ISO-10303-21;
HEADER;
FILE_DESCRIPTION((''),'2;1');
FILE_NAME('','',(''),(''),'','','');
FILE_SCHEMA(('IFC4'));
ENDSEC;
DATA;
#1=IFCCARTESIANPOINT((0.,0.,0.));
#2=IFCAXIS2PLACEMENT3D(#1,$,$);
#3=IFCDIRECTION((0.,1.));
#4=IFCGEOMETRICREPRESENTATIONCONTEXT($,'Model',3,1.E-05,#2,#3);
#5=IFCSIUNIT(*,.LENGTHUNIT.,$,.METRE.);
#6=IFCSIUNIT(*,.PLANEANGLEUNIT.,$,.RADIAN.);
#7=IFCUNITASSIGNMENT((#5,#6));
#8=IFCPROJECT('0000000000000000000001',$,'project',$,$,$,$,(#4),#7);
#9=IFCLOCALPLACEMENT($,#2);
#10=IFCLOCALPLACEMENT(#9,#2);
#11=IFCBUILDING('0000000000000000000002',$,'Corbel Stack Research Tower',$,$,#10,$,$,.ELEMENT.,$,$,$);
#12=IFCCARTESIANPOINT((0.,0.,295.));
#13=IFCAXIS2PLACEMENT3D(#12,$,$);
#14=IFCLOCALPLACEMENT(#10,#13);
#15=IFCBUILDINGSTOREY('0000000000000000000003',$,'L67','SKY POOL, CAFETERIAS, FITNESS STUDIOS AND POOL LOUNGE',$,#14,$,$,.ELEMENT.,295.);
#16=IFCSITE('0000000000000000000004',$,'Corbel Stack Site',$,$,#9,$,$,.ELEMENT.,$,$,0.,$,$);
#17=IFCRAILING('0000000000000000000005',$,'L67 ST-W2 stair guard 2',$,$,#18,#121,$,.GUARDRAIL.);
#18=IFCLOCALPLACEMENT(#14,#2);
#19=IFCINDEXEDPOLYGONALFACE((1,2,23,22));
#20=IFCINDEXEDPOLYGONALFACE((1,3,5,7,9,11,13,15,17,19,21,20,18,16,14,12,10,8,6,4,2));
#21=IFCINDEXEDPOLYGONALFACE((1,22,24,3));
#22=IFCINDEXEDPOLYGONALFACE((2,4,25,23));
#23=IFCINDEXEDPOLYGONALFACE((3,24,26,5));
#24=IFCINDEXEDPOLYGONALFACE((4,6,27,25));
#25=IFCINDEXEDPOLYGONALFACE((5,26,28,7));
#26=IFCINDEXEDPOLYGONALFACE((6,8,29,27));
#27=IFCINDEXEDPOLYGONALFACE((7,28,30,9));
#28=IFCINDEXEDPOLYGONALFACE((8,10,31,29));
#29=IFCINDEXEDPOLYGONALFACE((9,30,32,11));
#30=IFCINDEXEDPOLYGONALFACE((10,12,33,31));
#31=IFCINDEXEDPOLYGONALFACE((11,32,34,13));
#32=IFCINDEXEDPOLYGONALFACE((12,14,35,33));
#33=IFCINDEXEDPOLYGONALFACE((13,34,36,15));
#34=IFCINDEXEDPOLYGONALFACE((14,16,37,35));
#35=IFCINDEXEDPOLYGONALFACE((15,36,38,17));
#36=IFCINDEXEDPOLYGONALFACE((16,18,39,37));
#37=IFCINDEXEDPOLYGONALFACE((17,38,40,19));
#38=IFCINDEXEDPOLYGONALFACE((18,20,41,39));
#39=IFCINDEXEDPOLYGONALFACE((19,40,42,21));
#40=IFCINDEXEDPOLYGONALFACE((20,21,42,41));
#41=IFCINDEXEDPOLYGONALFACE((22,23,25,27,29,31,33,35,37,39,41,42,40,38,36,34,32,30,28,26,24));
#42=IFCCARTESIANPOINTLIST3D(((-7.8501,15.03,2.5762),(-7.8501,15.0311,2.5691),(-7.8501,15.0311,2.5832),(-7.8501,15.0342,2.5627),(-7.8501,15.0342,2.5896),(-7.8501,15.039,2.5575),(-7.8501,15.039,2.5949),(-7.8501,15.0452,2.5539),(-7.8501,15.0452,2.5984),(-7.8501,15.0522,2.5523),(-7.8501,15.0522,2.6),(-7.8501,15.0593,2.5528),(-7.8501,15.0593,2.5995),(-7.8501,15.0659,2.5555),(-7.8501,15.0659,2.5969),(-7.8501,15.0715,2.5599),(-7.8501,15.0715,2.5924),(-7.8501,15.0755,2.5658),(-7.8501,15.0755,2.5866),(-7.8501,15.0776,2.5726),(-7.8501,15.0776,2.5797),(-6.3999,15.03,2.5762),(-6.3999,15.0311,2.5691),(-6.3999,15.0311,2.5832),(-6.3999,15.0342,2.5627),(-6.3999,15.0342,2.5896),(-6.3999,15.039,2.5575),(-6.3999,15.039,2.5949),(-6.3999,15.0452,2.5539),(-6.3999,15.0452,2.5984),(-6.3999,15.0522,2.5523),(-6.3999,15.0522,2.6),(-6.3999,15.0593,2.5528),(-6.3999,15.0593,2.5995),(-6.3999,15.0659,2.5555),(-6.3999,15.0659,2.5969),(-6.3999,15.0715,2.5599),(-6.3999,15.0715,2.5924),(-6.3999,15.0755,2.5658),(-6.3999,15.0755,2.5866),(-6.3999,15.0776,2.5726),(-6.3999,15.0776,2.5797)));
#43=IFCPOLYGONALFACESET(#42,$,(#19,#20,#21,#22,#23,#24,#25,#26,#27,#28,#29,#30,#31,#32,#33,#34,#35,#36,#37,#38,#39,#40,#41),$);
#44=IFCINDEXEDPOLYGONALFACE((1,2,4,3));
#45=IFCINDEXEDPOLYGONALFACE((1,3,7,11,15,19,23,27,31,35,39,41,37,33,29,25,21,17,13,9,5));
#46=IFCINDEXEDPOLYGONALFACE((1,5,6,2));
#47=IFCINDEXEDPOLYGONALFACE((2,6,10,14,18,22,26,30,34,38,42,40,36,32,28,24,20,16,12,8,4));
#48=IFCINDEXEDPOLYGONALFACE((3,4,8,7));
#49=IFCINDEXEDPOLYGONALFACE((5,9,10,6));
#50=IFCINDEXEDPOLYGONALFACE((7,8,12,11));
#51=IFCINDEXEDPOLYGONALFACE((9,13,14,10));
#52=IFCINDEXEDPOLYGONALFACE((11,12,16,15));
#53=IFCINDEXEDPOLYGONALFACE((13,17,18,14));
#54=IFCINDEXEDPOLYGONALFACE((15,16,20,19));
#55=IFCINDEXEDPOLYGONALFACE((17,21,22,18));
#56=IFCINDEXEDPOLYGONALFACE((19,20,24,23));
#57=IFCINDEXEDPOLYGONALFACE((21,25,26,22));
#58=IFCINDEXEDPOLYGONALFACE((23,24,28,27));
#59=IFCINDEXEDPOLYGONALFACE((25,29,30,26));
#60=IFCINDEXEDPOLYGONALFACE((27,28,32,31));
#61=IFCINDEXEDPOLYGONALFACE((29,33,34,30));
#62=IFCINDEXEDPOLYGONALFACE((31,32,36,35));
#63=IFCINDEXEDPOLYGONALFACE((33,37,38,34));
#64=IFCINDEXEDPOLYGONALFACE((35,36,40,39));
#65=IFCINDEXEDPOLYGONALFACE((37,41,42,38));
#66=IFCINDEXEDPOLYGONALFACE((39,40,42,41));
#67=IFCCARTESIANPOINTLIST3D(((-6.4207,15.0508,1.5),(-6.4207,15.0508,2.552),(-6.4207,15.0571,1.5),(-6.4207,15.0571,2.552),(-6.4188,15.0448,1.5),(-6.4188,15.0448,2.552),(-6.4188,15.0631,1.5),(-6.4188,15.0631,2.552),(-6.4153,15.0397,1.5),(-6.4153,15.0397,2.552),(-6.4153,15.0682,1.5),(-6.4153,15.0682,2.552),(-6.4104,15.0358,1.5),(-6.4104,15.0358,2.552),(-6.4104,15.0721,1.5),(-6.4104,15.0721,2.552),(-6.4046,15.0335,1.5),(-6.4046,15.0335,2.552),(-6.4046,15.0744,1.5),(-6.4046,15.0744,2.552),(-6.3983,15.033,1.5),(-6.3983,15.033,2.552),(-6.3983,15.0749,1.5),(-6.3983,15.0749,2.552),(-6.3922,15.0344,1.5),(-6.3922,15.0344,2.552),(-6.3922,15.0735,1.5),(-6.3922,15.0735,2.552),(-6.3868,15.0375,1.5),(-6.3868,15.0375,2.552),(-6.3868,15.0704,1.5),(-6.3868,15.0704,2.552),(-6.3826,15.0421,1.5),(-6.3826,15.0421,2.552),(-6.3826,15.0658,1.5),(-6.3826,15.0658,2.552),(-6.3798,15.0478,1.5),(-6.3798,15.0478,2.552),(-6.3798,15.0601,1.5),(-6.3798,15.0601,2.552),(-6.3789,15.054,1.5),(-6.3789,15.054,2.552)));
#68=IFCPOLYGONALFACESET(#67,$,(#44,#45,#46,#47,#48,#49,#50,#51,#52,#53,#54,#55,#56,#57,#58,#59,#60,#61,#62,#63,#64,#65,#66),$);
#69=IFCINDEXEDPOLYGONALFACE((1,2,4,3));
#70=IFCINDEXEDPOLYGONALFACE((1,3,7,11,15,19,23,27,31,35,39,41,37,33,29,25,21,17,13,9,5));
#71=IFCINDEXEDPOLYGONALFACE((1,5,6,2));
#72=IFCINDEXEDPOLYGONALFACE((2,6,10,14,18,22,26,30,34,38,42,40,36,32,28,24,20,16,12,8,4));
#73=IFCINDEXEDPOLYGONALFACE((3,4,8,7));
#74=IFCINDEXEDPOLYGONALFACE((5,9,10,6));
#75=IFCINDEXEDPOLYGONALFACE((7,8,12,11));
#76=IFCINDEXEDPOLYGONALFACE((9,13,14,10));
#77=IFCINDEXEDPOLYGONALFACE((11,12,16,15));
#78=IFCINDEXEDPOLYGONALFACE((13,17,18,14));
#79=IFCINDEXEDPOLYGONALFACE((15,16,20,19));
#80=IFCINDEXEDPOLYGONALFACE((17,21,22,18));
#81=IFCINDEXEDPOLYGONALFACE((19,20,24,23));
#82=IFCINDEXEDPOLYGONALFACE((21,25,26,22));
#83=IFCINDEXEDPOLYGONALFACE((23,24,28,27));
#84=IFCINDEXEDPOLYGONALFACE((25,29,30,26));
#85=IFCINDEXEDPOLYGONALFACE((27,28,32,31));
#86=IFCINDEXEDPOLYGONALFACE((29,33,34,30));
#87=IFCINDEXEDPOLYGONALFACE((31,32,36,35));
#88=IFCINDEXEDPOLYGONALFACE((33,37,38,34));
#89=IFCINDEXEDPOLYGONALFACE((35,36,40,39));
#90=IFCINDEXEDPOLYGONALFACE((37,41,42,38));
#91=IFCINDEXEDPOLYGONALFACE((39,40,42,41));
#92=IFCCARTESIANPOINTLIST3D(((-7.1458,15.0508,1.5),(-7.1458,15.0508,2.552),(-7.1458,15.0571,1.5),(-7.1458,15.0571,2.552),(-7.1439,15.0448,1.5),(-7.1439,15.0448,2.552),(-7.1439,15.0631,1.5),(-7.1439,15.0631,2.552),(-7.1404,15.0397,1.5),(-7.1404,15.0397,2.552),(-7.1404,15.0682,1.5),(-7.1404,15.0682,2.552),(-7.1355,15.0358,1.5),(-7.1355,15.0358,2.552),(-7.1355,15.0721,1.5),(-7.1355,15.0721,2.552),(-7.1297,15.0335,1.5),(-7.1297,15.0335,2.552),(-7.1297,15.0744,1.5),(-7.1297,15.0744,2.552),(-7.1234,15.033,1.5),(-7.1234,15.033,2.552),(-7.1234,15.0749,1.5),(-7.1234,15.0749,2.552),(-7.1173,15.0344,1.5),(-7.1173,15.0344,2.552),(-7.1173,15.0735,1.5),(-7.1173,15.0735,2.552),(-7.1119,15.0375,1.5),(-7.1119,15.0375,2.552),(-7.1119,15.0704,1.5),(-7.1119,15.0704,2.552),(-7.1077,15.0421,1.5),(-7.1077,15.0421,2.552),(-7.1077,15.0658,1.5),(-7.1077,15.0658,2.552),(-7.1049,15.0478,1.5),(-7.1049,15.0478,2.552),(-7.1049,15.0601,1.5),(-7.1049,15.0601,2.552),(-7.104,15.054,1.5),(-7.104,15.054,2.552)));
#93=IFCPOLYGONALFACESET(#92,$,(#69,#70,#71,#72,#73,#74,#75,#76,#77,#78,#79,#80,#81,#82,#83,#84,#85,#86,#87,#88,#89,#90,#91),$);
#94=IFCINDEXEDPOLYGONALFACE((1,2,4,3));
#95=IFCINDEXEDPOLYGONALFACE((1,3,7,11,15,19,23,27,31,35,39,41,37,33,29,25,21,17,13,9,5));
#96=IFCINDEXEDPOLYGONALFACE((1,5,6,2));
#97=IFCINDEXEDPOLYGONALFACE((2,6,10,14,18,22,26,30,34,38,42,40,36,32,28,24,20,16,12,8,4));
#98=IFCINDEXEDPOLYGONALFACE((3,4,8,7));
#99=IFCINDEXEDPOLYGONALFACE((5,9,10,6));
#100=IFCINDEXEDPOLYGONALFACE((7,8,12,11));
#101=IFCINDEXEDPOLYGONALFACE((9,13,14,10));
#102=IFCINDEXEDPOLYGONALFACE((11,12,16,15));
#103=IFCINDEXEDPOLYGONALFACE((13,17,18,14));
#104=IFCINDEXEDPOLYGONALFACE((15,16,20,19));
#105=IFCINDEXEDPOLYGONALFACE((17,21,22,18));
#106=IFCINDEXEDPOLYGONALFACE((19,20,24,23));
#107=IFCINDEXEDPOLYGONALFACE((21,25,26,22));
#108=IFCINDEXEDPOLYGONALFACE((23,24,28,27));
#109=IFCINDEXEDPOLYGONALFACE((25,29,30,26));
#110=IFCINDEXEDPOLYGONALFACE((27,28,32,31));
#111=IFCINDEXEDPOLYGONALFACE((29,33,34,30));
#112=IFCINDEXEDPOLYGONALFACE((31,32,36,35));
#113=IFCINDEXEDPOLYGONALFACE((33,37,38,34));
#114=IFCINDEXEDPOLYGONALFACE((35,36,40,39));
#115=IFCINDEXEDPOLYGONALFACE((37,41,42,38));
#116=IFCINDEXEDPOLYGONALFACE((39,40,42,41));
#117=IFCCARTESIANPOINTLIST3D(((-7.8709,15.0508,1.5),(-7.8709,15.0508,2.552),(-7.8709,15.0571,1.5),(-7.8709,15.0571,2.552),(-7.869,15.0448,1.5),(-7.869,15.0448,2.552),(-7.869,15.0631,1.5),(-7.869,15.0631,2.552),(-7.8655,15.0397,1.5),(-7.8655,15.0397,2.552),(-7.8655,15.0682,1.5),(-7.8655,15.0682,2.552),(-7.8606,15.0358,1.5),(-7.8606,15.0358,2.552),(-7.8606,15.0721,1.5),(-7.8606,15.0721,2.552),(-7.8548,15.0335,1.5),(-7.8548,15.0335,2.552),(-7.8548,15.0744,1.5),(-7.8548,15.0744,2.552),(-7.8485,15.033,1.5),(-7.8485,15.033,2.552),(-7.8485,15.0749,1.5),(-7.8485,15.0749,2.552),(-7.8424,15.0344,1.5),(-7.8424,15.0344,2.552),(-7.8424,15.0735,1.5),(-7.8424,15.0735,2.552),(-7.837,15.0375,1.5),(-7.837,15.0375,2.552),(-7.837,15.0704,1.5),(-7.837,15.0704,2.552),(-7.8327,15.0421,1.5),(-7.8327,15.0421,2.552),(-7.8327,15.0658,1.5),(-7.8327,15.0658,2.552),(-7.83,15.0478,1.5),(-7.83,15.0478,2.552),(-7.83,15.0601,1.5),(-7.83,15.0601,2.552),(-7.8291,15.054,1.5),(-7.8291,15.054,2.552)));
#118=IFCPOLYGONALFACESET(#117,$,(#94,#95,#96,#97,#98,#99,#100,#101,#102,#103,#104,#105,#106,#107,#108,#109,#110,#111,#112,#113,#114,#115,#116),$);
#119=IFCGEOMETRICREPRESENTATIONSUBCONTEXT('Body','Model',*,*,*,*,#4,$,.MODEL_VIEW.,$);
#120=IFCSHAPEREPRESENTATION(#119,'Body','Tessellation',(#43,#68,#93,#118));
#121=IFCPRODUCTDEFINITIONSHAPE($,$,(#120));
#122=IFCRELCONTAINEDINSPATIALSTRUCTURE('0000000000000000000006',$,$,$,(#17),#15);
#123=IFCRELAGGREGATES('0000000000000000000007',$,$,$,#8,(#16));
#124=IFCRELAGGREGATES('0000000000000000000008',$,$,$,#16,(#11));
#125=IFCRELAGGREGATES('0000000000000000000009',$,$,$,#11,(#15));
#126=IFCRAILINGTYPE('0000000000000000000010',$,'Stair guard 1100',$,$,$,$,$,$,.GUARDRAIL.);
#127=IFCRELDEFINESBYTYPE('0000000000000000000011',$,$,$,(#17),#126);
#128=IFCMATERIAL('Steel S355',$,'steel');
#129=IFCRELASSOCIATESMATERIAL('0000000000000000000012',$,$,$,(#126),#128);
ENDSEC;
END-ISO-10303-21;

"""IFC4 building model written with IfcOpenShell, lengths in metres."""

from ifc_helpers import new_model, si_unit, direction, frame, origin, origin_2d, place, context, subcontext, project, spatial, circle, extrude, material, type_object, element, save


model = new_model("IFC4")

# Units and contexts
model_context = context("Model", 3, precision=1e-05, world=origin(), true_north=direction((0.0, 1.0)))
body_context = subcontext(model_context, "Body", "Model", "MODEL_VIEW")
ifc_project = project(units=[si_unit("LENGTHUNIT", "METRE"), si_unit("PLANEANGLEUNIT", "RADIAN")], contexts=[model_context])

# Site, building, storey
site_placement = place(None, origin())
site = spatial("IfcSite", under=ifc_project, at=site_placement, Name="Corbel Stack Site", CompositionType="ELEMENT", RefElevation=0.0)
building_placement = place(site_placement, origin())
building = spatial("IfcBuilding", under=site, at=building_placement, Name="Corbel Stack Research Tower", CompositionType="ELEMENT")
storey_placement = place(building_placement, frame((0.0, 0.0, 295.0)))
storey = spatial("IfcBuildingStorey", under=building, at=storey_placement, Name="L67", Description="SKY POOL, CAFETERIAS, FITNESS STUDIOS AND POOL LOUNGE", CompositionType="ELEMENT", Elevation=295.0)

# Railing
ifc_material_1 = material(Name="Steel S355", Category="steel")
railing_type_1 = type_object("IfcRailingType", Name="Stair guard 1100", PredefinedType="GUARDRAIL", material=ifc_material_1)
railing_1_placement = place(storey_placement, frame((-6.3999, 15.054, 1.5)))
element("IfcRailing", 1, at=railing_1_placement, inside=storey, type_object=railing_type_1, Name="L67 ST-W2 stair guard 2", PredefinedType="GUARDRAIL", context=body_context, shape_type="SweptSolid", body=[
    extrude(circle(Radius=0.0239, at=origin_2d()), frame((0.0, 0.0, 1.0762), z_axis=(-1.0, 0.0, 0.0), x_axis=(0.0, -1.0, 0.0)), (0.0, 0.0, 1.0), 1.4502),
    extrude(circle(Radius=0.021, at=origin_2d()), origin(), (0.0, 0.0, 1.0), 1.052),
    extrude(circle(Radius=0.021, at=origin_2d()), frame((-0.7251, 0.0, 0.0)), (0.0, 0.0, 1.0), 1.052),
    extrude(circle(Radius=0.021, at=origin_2d()), frame((-1.4502, 0.0, 0.0)), (0.0, 0.0, 1.0), 1.052),
])

save(model, "model.ifc")
